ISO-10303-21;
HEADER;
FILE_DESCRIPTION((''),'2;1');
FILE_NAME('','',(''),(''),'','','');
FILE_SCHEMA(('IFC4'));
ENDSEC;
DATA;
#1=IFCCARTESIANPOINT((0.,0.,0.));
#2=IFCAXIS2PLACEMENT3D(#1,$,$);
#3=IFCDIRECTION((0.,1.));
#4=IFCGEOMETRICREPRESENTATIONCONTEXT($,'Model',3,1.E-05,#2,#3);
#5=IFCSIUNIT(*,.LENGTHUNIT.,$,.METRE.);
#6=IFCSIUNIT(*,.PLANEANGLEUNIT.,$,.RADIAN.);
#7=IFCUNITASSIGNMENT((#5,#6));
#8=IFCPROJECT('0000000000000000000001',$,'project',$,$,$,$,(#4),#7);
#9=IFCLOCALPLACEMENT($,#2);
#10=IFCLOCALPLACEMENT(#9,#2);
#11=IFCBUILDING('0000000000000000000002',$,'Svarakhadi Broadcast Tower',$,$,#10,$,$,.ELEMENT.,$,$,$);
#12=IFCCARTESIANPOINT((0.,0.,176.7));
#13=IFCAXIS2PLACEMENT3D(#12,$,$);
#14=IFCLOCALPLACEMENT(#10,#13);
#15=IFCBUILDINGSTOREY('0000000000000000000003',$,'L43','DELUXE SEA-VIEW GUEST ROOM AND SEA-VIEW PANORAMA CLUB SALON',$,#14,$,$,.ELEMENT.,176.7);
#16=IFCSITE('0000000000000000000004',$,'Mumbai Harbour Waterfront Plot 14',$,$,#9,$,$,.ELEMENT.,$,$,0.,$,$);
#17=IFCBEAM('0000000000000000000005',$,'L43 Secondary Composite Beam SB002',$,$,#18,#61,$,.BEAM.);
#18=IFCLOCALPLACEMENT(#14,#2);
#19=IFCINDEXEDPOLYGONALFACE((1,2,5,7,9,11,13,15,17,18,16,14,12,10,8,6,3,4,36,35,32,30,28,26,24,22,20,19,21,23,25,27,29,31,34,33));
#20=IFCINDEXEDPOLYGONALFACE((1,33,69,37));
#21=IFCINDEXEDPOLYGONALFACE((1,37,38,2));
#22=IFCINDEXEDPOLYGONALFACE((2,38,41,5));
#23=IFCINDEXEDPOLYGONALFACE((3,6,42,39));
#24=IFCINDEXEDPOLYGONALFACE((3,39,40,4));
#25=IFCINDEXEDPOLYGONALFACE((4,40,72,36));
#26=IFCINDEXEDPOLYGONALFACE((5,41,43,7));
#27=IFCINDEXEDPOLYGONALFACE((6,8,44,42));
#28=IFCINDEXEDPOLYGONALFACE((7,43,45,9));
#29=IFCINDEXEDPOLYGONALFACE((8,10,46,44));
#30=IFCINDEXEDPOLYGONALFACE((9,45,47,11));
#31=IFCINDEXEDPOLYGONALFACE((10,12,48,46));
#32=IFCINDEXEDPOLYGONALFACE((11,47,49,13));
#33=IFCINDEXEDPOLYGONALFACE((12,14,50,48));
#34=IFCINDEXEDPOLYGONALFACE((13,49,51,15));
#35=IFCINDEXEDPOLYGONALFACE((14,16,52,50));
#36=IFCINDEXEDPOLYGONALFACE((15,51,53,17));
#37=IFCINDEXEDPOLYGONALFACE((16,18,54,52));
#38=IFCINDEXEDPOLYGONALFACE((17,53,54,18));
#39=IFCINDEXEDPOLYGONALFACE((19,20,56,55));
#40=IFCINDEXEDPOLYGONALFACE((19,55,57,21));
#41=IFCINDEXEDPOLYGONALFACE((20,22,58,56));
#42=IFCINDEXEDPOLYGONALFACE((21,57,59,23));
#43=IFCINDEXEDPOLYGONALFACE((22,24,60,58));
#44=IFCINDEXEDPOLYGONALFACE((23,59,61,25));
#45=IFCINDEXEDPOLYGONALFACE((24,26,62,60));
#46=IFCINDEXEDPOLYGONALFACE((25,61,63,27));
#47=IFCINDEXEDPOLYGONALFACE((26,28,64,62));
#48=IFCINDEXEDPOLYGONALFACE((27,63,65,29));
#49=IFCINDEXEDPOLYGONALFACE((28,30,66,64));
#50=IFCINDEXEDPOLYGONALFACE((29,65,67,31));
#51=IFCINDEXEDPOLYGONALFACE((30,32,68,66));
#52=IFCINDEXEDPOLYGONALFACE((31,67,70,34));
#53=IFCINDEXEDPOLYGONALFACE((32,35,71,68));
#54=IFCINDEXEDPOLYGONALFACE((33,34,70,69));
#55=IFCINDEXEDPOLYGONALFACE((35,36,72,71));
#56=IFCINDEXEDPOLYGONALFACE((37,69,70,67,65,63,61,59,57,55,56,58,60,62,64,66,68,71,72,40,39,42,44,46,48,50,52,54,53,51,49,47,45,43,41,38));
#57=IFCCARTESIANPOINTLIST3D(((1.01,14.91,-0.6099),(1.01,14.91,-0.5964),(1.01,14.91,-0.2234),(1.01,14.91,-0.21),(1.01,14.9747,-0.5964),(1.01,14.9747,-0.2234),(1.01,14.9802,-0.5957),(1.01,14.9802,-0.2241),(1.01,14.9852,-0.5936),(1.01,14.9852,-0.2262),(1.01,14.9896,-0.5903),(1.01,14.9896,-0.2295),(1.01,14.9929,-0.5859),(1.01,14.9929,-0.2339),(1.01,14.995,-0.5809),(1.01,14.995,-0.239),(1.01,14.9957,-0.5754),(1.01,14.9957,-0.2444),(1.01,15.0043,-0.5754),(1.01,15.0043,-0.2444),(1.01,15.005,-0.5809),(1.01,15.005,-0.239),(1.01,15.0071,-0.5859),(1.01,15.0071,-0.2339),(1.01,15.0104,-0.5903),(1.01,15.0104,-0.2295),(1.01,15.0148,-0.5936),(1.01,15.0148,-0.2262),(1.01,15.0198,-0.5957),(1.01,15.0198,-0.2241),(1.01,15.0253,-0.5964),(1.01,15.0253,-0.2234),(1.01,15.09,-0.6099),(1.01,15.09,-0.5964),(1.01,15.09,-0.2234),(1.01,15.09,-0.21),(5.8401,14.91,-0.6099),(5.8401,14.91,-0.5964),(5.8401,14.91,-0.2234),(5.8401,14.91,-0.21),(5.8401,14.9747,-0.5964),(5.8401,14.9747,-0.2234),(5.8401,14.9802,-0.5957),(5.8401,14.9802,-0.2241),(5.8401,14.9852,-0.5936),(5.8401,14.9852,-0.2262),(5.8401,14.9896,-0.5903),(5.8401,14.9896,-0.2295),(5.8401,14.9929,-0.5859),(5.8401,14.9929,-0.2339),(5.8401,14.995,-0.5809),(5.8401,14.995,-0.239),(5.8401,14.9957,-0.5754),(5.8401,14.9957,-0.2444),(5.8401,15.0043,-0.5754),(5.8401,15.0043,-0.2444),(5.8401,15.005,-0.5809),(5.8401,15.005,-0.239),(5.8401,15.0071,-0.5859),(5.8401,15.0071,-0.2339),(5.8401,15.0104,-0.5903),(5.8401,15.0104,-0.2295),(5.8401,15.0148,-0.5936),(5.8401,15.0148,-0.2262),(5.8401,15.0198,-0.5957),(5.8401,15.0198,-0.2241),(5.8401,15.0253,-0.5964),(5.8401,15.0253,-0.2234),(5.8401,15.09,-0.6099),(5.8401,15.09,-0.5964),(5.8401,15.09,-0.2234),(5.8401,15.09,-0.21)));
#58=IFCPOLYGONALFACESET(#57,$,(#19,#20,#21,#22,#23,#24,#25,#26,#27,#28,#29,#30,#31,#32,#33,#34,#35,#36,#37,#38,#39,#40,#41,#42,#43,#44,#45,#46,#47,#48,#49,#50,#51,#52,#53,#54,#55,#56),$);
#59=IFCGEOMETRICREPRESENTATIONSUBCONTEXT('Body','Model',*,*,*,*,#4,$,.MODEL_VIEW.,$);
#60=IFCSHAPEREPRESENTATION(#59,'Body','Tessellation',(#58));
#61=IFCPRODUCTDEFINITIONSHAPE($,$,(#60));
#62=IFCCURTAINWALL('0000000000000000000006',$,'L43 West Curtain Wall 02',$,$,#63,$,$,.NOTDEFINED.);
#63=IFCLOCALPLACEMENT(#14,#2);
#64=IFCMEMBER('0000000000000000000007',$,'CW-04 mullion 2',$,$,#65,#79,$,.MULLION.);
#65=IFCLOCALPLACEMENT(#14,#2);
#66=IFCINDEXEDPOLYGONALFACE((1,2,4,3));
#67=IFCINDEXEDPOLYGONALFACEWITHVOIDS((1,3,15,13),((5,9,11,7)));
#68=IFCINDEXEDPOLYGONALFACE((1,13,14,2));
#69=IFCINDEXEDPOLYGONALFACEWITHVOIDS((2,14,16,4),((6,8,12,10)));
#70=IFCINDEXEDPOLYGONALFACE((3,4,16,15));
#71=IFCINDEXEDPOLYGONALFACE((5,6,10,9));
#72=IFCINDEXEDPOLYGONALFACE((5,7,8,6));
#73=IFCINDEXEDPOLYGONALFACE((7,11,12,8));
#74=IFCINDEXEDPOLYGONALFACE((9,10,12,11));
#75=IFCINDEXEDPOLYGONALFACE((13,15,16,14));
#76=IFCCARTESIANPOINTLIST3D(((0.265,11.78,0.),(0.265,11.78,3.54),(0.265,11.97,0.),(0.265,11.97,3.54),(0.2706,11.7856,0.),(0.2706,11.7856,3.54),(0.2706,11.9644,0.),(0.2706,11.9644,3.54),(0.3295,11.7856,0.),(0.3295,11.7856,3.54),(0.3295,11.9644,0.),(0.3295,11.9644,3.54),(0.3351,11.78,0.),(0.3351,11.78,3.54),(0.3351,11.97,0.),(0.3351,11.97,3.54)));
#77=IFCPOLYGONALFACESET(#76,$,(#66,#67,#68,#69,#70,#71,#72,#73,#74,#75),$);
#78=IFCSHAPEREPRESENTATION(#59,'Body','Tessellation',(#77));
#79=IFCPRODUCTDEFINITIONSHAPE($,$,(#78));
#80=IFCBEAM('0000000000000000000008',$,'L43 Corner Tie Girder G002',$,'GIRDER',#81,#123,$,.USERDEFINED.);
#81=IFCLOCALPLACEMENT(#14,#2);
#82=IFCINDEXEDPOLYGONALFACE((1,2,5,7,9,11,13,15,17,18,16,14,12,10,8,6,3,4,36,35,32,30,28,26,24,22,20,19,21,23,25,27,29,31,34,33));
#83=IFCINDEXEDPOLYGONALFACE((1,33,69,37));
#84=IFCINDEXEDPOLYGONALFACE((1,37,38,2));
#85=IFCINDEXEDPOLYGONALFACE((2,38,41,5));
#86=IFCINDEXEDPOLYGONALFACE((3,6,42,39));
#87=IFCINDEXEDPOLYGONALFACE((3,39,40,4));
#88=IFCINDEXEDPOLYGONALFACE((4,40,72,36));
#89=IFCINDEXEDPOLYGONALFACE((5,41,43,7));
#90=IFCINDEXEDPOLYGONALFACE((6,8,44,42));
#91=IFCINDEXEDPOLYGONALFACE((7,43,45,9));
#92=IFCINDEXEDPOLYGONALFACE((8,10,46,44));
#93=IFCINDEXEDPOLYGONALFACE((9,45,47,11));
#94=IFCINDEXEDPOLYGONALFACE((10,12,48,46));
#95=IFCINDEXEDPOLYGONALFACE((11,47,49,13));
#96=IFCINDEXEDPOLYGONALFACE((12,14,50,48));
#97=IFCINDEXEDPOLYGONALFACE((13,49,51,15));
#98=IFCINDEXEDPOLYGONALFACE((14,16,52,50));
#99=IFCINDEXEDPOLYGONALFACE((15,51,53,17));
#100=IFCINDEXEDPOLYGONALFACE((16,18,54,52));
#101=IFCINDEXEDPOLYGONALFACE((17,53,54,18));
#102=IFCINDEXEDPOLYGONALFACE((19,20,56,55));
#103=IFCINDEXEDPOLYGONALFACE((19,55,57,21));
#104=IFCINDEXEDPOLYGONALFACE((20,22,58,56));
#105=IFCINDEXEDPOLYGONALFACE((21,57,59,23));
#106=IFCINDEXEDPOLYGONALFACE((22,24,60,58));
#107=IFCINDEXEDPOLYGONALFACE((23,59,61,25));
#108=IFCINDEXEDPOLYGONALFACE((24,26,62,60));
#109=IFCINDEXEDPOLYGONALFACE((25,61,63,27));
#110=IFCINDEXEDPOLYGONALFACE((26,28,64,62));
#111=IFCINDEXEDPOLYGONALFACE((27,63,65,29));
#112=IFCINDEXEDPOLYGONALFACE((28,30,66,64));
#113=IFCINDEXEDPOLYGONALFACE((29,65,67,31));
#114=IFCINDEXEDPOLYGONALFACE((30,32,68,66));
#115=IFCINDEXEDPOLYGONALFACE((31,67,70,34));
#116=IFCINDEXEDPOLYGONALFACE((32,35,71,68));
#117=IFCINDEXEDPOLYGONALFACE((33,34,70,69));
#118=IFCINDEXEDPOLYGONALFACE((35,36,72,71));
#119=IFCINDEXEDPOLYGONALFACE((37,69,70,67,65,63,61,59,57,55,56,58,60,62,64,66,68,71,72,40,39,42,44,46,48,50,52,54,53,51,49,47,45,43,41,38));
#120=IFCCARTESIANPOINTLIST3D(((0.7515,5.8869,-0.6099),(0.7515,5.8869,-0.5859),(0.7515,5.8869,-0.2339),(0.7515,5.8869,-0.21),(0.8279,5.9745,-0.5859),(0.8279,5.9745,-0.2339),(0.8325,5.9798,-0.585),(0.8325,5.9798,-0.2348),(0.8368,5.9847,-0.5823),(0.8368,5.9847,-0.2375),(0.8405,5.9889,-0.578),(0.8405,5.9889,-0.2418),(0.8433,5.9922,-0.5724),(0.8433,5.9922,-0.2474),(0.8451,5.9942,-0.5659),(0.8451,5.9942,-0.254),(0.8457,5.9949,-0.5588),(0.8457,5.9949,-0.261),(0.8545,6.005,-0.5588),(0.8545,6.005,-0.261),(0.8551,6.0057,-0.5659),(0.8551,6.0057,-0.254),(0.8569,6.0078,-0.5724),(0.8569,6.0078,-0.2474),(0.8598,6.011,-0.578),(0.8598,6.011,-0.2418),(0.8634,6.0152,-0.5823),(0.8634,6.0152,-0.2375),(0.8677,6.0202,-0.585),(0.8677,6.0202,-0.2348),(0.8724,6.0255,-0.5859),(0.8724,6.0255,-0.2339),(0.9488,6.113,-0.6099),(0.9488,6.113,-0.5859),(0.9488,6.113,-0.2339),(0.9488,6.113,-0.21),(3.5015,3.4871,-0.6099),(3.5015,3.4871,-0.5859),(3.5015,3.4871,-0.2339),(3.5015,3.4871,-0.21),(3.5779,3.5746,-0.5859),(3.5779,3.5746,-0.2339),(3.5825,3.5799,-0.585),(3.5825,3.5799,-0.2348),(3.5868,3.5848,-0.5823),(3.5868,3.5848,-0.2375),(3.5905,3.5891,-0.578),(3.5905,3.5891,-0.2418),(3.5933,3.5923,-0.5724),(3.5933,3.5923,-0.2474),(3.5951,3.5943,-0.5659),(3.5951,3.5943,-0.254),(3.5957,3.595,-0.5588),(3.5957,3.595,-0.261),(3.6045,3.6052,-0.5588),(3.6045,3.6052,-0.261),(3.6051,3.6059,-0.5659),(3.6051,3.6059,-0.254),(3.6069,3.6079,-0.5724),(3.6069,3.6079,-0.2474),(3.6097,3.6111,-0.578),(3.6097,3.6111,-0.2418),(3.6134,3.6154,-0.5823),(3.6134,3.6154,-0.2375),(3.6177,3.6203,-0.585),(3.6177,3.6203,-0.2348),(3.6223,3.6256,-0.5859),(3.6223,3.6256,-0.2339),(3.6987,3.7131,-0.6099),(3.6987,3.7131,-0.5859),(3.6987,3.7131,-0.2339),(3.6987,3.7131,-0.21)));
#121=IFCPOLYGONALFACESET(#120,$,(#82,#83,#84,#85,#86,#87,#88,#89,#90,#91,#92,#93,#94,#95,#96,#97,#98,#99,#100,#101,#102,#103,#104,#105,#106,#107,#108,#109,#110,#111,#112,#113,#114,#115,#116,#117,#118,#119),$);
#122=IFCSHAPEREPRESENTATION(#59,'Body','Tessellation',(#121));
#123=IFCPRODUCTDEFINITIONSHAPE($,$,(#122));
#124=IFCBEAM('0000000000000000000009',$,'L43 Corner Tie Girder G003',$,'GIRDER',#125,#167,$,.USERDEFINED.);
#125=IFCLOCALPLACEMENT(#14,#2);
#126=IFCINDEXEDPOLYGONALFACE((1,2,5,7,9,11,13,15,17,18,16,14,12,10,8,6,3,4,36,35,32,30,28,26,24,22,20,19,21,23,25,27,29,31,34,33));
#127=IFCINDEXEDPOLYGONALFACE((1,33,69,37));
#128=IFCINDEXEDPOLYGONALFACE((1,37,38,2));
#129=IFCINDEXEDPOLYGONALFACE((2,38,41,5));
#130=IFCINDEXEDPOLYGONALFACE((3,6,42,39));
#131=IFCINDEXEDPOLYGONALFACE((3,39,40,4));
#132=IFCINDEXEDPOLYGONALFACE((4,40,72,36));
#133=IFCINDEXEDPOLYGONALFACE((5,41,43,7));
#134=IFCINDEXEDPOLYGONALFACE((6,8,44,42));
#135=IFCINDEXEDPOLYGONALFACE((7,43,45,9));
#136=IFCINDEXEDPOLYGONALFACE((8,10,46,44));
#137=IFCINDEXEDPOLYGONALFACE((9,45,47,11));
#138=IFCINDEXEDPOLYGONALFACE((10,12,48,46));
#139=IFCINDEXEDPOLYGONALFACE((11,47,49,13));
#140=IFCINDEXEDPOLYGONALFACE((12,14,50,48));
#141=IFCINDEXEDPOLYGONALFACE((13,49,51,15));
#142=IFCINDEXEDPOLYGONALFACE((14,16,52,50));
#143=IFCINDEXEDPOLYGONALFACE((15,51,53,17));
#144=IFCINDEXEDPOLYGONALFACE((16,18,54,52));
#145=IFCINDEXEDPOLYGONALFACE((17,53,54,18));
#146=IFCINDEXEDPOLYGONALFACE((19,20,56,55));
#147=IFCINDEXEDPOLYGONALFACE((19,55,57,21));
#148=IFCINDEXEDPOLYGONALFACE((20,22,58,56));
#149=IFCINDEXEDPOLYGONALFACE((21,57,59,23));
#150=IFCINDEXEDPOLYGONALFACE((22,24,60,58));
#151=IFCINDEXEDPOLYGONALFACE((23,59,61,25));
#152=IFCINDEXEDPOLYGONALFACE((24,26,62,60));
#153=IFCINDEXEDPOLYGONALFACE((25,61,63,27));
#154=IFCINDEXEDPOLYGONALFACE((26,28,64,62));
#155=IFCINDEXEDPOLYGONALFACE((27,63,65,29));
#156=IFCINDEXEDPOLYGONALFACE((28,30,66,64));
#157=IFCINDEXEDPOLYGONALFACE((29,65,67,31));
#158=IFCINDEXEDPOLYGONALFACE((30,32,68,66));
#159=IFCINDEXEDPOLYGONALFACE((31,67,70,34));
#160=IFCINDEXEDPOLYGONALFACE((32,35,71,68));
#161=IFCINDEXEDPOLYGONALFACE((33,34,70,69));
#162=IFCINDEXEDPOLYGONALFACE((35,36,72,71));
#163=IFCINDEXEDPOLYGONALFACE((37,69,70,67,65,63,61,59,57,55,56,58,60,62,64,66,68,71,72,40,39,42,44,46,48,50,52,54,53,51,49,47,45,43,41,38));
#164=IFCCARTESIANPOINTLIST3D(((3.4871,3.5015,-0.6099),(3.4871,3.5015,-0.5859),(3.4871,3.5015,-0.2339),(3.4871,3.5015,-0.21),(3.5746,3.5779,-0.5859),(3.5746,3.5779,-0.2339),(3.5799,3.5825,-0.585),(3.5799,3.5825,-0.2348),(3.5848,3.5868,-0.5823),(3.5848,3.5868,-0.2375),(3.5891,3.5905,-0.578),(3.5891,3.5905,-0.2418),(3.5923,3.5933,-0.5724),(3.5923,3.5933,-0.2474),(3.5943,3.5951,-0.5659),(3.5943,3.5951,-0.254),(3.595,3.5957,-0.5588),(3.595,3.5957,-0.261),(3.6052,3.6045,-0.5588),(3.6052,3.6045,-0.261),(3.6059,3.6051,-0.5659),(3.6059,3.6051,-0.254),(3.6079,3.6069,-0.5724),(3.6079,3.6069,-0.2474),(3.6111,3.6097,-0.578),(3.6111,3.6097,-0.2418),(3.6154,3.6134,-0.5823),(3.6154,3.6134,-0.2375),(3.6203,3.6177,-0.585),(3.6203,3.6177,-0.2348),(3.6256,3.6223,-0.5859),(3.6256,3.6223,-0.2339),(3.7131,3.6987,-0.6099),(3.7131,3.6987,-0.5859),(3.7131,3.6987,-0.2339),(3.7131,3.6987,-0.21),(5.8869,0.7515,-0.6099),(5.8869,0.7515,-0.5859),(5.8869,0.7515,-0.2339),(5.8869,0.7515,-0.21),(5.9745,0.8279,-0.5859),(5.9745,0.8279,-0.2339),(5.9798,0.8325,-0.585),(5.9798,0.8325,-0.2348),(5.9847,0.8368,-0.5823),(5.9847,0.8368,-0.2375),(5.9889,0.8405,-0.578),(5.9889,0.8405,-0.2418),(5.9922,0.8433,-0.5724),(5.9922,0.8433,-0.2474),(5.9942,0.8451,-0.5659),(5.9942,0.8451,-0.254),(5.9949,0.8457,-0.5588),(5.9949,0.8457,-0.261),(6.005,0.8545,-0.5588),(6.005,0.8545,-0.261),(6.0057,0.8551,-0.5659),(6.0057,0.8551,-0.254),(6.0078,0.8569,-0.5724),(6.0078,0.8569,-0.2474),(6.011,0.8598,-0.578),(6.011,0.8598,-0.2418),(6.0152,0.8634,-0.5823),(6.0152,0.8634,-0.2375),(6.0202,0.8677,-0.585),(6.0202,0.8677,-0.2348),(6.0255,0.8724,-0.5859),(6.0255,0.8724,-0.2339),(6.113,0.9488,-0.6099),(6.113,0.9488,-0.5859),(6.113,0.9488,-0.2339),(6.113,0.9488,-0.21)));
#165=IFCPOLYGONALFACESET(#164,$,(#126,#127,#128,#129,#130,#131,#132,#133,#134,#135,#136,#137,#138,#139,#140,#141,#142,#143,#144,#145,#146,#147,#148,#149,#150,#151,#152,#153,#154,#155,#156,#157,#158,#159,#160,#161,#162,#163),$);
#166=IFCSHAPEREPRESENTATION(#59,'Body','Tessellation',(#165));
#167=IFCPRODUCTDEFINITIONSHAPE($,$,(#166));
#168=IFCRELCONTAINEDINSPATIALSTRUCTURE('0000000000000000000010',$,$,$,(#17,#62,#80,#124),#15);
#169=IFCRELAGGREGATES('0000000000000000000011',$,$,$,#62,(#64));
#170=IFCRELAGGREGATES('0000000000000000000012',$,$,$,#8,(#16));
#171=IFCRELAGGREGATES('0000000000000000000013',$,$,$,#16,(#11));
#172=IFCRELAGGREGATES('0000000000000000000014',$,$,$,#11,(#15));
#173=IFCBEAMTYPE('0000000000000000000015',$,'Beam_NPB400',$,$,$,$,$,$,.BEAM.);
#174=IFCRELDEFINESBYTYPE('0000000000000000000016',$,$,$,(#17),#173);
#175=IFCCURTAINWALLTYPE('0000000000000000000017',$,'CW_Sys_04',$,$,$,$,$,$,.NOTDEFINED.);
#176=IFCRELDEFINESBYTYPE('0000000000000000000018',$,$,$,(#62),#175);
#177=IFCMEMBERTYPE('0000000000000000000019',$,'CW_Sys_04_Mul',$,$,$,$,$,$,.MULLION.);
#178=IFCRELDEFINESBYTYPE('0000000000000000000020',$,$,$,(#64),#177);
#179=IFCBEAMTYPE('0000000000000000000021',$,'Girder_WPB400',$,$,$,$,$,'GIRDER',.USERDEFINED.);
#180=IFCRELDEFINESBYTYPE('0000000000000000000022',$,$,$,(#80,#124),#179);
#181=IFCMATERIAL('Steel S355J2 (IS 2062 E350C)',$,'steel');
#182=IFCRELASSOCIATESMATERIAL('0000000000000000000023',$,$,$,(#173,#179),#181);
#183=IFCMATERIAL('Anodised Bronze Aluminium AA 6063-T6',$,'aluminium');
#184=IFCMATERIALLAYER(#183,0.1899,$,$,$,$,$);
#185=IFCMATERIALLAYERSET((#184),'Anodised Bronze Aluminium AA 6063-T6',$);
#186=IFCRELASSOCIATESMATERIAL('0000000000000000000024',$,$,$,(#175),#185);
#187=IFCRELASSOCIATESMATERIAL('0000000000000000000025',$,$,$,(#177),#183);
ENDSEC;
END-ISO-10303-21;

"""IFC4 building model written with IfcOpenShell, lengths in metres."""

from ifc_helpers import new_model, si_unit, direction, frame, origin, origin_2d, place, context, subcontext, project, spatial, hollow_rectangle, i_section, extrude, material, layer, layer_set, material_profile, profile_set, type_object, element, aggregate, save


model = new_model("IFC4")

# Units and contexts
model_context = context("Model", 3, precision=1e-05, world=origin(), true_north=direction((0.0, 1.0)))
body_context = subcontext(model_context, "Body", "Model", "MODEL_VIEW")
ifc_project = project(units=[si_unit("LENGTHUNIT", "METRE"), si_unit("PLANEANGLEUNIT", "RADIAN")], contexts=[model_context])

# Site, building, storey
site_placement = place(None, origin())
site = spatial("IfcSite", under=ifc_project, at=site_placement, Name="Mumbai Harbour Waterfront Plot 14", CompositionType="ELEMENT", RefElevation=0.0)
building_placement = place(site_placement, origin())
building = spatial("IfcBuilding", under=site, at=building_placement, Name="Svarakhadi Broadcast Tower", CompositionType="ELEMENT")
storey_placement = place(building_placement, frame((0.0, 0.0, 176.7)))
storey = spatial("IfcBuildingStorey", under=building, at=storey_placement, Name="L43", Description="DELUXE SEA-VIEW GUEST ROOM AND SEA-VIEW PANORAMA CLUB SALON", CompositionType="ELEMENT", Elevation=176.7)

# Beam
ifc_material_1 = material(Name="Steel S355J2 (IS 2062 E350C)", Category="steel")
ifc_material_profile_1 = material_profile(ifc_material_1, i_section(OverallWidth=0.1799, OverallDepth=0.3999, WebThickness=0.0085, FlangeThickness=0.0134, FilletRadius=0.021, at=origin_2d()), Name="NPB 400x180x66")
ifc_profile_set_1 = profile_set([ifc_material_profile_1], Name="Steel S355J2 (IS 2062 E350C)")
beam_type_1 = type_object("IfcBeamType", Name="Beam_NPB400", PredefinedType="BEAM", material=ifc_profile_set_1)
for number, where, z_axis, x_axis, name in (
    (1, (1.01, 15.0, -0.4099), (1.0, 0.0, 0.0), (0.0, 1.0, 0.0), "L43 Secondary Composite Beam SB002"),
):
    element("IfcBeam", number, at=place(storey_placement, frame(where, z_axis=z_axis, x_axis=x_axis)), inside=storey, type_object=beam_type_1, Name=name, PredefinedType="BEAM", context=body_context, shape_type="SweptSolid", body=[
        extrude(i_section(OverallWidth=0.1799, OverallDepth=0.3999, WebThickness=0.0085, FlangeThickness=0.0134, FilletRadius=0.021, at=origin_2d()), origin(), (0.0, 0.0, 1.0), 4.8301),
    ])

# Curtain wall, member
ifc_material_2 = material(Name="Anodised Bronze Aluminium AA 6063-T6", Category="aluminium")
ifc_layer_1 = layer(ifc_material_2, 0.1899)
ifc_layer_set_1 = layer_set([ifc_layer_1], Name="Anodised Bronze Aluminium AA 6063-T6")
curtain_wall_type = type_object("IfcCurtainWallType", Name="CW_Sys_04", PredefinedType="NOTDEFINED", material=ifc_layer_set_1)
curtain_wall_placement = place(storey_placement, origin())
curtain_wall = element("IfcCurtainWall", 2, at=curtain_wall_placement, inside=storey, type_object=curtain_wall_type, Name="L43 West Curtain Wall 02", PredefinedType="NOTDEFINED")
ifc_material_profile_2 = material_profile(ifc_material_2, hollow_rectangle(XDim=0.0701, YDim=0.1899, WallThickness=0.0056, at=origin_2d()), Name="ALU MULLION 190x70x6")
ifc_profile_set_2 = profile_set([ifc_material_profile_2], Name="Anodised Bronze Aluminium AA 6063-T6")
member_type = type_object("IfcMemberType", Name="CW_Sys_04_Mul", PredefinedType="MULLION", material=ifc_profile_set_2)
member_placement = place(storey_placement, frame((0.3, 11.875, 0.0), z_axis=(0.0, 0.0, 1.0), x_axis=(-1.0, 0.0, 0.0)))
member = element("IfcMember", 3, at=member_placement, type_object=member_type, Name="CW-04 mullion 2", PredefinedType="MULLION", context=body_context, shape_type="SweptSolid", body=[
    extrude(hollow_rectangle(XDim=0.0701, YDim=0.1899, WallThickness=0.0056, at=origin_2d()), origin(), (0.0, 0.0, 1.0), 3.54),
])

# Beams
ifc_material_profile_3 = material_profile(ifc_material_1, i_section(OverallWidth=0.3, OverallDepth=0.3999, WebThickness=0.0134, FlangeThickness=0.0239, FilletRadius=0.0271, at=origin_2d()), Name="WPB 400x300x155")
ifc_profile_set_3 = profile_set([ifc_material_profile_3], Name="Steel S355J2 (IS 2062 E350C)")
beam_type_2 = type_object("IfcBeamType", Name="Girder_WPB400", ElementType="GIRDER", PredefinedType="USERDEFINED", material=ifc_profile_set_3)
for number, where, z_axis, x_axis, name in (
    (4, (3.6001, 3.6001, -0.4099), (-0.753438, 0.657519, 0.0), (-0.657519, -0.753438, 0.0), "L43 Corner Tie Girder G002"),
    (5, (3.6001, 3.6001, -0.4099), (0.657519, -0.753438, 0.0), (0.753438, 0.657519, 0.0), "L43 Corner Tie Girder G003"),
):
    element("IfcBeam", number, at=place(storey_placement, frame(where, z_axis=z_axis, x_axis=x_axis)), inside=storey, type_object=beam_type_2, Name=name, ObjectType="GIRDER", PredefinedType="USERDEFINED", context=body_context, shape_type="SweptSolid", body=[
        extrude(i_section(OverallWidth=0.3, OverallDepth=0.3999, WebThickness=0.0134, FlangeThickness=0.0239, FilletRadius=0.0271, at=origin_2d()), origin(), (0.0, 0.0, 1.0), 3.6499),
    ])

aggregate(curtain_wall, [member])

save(model, "model.ifc")
